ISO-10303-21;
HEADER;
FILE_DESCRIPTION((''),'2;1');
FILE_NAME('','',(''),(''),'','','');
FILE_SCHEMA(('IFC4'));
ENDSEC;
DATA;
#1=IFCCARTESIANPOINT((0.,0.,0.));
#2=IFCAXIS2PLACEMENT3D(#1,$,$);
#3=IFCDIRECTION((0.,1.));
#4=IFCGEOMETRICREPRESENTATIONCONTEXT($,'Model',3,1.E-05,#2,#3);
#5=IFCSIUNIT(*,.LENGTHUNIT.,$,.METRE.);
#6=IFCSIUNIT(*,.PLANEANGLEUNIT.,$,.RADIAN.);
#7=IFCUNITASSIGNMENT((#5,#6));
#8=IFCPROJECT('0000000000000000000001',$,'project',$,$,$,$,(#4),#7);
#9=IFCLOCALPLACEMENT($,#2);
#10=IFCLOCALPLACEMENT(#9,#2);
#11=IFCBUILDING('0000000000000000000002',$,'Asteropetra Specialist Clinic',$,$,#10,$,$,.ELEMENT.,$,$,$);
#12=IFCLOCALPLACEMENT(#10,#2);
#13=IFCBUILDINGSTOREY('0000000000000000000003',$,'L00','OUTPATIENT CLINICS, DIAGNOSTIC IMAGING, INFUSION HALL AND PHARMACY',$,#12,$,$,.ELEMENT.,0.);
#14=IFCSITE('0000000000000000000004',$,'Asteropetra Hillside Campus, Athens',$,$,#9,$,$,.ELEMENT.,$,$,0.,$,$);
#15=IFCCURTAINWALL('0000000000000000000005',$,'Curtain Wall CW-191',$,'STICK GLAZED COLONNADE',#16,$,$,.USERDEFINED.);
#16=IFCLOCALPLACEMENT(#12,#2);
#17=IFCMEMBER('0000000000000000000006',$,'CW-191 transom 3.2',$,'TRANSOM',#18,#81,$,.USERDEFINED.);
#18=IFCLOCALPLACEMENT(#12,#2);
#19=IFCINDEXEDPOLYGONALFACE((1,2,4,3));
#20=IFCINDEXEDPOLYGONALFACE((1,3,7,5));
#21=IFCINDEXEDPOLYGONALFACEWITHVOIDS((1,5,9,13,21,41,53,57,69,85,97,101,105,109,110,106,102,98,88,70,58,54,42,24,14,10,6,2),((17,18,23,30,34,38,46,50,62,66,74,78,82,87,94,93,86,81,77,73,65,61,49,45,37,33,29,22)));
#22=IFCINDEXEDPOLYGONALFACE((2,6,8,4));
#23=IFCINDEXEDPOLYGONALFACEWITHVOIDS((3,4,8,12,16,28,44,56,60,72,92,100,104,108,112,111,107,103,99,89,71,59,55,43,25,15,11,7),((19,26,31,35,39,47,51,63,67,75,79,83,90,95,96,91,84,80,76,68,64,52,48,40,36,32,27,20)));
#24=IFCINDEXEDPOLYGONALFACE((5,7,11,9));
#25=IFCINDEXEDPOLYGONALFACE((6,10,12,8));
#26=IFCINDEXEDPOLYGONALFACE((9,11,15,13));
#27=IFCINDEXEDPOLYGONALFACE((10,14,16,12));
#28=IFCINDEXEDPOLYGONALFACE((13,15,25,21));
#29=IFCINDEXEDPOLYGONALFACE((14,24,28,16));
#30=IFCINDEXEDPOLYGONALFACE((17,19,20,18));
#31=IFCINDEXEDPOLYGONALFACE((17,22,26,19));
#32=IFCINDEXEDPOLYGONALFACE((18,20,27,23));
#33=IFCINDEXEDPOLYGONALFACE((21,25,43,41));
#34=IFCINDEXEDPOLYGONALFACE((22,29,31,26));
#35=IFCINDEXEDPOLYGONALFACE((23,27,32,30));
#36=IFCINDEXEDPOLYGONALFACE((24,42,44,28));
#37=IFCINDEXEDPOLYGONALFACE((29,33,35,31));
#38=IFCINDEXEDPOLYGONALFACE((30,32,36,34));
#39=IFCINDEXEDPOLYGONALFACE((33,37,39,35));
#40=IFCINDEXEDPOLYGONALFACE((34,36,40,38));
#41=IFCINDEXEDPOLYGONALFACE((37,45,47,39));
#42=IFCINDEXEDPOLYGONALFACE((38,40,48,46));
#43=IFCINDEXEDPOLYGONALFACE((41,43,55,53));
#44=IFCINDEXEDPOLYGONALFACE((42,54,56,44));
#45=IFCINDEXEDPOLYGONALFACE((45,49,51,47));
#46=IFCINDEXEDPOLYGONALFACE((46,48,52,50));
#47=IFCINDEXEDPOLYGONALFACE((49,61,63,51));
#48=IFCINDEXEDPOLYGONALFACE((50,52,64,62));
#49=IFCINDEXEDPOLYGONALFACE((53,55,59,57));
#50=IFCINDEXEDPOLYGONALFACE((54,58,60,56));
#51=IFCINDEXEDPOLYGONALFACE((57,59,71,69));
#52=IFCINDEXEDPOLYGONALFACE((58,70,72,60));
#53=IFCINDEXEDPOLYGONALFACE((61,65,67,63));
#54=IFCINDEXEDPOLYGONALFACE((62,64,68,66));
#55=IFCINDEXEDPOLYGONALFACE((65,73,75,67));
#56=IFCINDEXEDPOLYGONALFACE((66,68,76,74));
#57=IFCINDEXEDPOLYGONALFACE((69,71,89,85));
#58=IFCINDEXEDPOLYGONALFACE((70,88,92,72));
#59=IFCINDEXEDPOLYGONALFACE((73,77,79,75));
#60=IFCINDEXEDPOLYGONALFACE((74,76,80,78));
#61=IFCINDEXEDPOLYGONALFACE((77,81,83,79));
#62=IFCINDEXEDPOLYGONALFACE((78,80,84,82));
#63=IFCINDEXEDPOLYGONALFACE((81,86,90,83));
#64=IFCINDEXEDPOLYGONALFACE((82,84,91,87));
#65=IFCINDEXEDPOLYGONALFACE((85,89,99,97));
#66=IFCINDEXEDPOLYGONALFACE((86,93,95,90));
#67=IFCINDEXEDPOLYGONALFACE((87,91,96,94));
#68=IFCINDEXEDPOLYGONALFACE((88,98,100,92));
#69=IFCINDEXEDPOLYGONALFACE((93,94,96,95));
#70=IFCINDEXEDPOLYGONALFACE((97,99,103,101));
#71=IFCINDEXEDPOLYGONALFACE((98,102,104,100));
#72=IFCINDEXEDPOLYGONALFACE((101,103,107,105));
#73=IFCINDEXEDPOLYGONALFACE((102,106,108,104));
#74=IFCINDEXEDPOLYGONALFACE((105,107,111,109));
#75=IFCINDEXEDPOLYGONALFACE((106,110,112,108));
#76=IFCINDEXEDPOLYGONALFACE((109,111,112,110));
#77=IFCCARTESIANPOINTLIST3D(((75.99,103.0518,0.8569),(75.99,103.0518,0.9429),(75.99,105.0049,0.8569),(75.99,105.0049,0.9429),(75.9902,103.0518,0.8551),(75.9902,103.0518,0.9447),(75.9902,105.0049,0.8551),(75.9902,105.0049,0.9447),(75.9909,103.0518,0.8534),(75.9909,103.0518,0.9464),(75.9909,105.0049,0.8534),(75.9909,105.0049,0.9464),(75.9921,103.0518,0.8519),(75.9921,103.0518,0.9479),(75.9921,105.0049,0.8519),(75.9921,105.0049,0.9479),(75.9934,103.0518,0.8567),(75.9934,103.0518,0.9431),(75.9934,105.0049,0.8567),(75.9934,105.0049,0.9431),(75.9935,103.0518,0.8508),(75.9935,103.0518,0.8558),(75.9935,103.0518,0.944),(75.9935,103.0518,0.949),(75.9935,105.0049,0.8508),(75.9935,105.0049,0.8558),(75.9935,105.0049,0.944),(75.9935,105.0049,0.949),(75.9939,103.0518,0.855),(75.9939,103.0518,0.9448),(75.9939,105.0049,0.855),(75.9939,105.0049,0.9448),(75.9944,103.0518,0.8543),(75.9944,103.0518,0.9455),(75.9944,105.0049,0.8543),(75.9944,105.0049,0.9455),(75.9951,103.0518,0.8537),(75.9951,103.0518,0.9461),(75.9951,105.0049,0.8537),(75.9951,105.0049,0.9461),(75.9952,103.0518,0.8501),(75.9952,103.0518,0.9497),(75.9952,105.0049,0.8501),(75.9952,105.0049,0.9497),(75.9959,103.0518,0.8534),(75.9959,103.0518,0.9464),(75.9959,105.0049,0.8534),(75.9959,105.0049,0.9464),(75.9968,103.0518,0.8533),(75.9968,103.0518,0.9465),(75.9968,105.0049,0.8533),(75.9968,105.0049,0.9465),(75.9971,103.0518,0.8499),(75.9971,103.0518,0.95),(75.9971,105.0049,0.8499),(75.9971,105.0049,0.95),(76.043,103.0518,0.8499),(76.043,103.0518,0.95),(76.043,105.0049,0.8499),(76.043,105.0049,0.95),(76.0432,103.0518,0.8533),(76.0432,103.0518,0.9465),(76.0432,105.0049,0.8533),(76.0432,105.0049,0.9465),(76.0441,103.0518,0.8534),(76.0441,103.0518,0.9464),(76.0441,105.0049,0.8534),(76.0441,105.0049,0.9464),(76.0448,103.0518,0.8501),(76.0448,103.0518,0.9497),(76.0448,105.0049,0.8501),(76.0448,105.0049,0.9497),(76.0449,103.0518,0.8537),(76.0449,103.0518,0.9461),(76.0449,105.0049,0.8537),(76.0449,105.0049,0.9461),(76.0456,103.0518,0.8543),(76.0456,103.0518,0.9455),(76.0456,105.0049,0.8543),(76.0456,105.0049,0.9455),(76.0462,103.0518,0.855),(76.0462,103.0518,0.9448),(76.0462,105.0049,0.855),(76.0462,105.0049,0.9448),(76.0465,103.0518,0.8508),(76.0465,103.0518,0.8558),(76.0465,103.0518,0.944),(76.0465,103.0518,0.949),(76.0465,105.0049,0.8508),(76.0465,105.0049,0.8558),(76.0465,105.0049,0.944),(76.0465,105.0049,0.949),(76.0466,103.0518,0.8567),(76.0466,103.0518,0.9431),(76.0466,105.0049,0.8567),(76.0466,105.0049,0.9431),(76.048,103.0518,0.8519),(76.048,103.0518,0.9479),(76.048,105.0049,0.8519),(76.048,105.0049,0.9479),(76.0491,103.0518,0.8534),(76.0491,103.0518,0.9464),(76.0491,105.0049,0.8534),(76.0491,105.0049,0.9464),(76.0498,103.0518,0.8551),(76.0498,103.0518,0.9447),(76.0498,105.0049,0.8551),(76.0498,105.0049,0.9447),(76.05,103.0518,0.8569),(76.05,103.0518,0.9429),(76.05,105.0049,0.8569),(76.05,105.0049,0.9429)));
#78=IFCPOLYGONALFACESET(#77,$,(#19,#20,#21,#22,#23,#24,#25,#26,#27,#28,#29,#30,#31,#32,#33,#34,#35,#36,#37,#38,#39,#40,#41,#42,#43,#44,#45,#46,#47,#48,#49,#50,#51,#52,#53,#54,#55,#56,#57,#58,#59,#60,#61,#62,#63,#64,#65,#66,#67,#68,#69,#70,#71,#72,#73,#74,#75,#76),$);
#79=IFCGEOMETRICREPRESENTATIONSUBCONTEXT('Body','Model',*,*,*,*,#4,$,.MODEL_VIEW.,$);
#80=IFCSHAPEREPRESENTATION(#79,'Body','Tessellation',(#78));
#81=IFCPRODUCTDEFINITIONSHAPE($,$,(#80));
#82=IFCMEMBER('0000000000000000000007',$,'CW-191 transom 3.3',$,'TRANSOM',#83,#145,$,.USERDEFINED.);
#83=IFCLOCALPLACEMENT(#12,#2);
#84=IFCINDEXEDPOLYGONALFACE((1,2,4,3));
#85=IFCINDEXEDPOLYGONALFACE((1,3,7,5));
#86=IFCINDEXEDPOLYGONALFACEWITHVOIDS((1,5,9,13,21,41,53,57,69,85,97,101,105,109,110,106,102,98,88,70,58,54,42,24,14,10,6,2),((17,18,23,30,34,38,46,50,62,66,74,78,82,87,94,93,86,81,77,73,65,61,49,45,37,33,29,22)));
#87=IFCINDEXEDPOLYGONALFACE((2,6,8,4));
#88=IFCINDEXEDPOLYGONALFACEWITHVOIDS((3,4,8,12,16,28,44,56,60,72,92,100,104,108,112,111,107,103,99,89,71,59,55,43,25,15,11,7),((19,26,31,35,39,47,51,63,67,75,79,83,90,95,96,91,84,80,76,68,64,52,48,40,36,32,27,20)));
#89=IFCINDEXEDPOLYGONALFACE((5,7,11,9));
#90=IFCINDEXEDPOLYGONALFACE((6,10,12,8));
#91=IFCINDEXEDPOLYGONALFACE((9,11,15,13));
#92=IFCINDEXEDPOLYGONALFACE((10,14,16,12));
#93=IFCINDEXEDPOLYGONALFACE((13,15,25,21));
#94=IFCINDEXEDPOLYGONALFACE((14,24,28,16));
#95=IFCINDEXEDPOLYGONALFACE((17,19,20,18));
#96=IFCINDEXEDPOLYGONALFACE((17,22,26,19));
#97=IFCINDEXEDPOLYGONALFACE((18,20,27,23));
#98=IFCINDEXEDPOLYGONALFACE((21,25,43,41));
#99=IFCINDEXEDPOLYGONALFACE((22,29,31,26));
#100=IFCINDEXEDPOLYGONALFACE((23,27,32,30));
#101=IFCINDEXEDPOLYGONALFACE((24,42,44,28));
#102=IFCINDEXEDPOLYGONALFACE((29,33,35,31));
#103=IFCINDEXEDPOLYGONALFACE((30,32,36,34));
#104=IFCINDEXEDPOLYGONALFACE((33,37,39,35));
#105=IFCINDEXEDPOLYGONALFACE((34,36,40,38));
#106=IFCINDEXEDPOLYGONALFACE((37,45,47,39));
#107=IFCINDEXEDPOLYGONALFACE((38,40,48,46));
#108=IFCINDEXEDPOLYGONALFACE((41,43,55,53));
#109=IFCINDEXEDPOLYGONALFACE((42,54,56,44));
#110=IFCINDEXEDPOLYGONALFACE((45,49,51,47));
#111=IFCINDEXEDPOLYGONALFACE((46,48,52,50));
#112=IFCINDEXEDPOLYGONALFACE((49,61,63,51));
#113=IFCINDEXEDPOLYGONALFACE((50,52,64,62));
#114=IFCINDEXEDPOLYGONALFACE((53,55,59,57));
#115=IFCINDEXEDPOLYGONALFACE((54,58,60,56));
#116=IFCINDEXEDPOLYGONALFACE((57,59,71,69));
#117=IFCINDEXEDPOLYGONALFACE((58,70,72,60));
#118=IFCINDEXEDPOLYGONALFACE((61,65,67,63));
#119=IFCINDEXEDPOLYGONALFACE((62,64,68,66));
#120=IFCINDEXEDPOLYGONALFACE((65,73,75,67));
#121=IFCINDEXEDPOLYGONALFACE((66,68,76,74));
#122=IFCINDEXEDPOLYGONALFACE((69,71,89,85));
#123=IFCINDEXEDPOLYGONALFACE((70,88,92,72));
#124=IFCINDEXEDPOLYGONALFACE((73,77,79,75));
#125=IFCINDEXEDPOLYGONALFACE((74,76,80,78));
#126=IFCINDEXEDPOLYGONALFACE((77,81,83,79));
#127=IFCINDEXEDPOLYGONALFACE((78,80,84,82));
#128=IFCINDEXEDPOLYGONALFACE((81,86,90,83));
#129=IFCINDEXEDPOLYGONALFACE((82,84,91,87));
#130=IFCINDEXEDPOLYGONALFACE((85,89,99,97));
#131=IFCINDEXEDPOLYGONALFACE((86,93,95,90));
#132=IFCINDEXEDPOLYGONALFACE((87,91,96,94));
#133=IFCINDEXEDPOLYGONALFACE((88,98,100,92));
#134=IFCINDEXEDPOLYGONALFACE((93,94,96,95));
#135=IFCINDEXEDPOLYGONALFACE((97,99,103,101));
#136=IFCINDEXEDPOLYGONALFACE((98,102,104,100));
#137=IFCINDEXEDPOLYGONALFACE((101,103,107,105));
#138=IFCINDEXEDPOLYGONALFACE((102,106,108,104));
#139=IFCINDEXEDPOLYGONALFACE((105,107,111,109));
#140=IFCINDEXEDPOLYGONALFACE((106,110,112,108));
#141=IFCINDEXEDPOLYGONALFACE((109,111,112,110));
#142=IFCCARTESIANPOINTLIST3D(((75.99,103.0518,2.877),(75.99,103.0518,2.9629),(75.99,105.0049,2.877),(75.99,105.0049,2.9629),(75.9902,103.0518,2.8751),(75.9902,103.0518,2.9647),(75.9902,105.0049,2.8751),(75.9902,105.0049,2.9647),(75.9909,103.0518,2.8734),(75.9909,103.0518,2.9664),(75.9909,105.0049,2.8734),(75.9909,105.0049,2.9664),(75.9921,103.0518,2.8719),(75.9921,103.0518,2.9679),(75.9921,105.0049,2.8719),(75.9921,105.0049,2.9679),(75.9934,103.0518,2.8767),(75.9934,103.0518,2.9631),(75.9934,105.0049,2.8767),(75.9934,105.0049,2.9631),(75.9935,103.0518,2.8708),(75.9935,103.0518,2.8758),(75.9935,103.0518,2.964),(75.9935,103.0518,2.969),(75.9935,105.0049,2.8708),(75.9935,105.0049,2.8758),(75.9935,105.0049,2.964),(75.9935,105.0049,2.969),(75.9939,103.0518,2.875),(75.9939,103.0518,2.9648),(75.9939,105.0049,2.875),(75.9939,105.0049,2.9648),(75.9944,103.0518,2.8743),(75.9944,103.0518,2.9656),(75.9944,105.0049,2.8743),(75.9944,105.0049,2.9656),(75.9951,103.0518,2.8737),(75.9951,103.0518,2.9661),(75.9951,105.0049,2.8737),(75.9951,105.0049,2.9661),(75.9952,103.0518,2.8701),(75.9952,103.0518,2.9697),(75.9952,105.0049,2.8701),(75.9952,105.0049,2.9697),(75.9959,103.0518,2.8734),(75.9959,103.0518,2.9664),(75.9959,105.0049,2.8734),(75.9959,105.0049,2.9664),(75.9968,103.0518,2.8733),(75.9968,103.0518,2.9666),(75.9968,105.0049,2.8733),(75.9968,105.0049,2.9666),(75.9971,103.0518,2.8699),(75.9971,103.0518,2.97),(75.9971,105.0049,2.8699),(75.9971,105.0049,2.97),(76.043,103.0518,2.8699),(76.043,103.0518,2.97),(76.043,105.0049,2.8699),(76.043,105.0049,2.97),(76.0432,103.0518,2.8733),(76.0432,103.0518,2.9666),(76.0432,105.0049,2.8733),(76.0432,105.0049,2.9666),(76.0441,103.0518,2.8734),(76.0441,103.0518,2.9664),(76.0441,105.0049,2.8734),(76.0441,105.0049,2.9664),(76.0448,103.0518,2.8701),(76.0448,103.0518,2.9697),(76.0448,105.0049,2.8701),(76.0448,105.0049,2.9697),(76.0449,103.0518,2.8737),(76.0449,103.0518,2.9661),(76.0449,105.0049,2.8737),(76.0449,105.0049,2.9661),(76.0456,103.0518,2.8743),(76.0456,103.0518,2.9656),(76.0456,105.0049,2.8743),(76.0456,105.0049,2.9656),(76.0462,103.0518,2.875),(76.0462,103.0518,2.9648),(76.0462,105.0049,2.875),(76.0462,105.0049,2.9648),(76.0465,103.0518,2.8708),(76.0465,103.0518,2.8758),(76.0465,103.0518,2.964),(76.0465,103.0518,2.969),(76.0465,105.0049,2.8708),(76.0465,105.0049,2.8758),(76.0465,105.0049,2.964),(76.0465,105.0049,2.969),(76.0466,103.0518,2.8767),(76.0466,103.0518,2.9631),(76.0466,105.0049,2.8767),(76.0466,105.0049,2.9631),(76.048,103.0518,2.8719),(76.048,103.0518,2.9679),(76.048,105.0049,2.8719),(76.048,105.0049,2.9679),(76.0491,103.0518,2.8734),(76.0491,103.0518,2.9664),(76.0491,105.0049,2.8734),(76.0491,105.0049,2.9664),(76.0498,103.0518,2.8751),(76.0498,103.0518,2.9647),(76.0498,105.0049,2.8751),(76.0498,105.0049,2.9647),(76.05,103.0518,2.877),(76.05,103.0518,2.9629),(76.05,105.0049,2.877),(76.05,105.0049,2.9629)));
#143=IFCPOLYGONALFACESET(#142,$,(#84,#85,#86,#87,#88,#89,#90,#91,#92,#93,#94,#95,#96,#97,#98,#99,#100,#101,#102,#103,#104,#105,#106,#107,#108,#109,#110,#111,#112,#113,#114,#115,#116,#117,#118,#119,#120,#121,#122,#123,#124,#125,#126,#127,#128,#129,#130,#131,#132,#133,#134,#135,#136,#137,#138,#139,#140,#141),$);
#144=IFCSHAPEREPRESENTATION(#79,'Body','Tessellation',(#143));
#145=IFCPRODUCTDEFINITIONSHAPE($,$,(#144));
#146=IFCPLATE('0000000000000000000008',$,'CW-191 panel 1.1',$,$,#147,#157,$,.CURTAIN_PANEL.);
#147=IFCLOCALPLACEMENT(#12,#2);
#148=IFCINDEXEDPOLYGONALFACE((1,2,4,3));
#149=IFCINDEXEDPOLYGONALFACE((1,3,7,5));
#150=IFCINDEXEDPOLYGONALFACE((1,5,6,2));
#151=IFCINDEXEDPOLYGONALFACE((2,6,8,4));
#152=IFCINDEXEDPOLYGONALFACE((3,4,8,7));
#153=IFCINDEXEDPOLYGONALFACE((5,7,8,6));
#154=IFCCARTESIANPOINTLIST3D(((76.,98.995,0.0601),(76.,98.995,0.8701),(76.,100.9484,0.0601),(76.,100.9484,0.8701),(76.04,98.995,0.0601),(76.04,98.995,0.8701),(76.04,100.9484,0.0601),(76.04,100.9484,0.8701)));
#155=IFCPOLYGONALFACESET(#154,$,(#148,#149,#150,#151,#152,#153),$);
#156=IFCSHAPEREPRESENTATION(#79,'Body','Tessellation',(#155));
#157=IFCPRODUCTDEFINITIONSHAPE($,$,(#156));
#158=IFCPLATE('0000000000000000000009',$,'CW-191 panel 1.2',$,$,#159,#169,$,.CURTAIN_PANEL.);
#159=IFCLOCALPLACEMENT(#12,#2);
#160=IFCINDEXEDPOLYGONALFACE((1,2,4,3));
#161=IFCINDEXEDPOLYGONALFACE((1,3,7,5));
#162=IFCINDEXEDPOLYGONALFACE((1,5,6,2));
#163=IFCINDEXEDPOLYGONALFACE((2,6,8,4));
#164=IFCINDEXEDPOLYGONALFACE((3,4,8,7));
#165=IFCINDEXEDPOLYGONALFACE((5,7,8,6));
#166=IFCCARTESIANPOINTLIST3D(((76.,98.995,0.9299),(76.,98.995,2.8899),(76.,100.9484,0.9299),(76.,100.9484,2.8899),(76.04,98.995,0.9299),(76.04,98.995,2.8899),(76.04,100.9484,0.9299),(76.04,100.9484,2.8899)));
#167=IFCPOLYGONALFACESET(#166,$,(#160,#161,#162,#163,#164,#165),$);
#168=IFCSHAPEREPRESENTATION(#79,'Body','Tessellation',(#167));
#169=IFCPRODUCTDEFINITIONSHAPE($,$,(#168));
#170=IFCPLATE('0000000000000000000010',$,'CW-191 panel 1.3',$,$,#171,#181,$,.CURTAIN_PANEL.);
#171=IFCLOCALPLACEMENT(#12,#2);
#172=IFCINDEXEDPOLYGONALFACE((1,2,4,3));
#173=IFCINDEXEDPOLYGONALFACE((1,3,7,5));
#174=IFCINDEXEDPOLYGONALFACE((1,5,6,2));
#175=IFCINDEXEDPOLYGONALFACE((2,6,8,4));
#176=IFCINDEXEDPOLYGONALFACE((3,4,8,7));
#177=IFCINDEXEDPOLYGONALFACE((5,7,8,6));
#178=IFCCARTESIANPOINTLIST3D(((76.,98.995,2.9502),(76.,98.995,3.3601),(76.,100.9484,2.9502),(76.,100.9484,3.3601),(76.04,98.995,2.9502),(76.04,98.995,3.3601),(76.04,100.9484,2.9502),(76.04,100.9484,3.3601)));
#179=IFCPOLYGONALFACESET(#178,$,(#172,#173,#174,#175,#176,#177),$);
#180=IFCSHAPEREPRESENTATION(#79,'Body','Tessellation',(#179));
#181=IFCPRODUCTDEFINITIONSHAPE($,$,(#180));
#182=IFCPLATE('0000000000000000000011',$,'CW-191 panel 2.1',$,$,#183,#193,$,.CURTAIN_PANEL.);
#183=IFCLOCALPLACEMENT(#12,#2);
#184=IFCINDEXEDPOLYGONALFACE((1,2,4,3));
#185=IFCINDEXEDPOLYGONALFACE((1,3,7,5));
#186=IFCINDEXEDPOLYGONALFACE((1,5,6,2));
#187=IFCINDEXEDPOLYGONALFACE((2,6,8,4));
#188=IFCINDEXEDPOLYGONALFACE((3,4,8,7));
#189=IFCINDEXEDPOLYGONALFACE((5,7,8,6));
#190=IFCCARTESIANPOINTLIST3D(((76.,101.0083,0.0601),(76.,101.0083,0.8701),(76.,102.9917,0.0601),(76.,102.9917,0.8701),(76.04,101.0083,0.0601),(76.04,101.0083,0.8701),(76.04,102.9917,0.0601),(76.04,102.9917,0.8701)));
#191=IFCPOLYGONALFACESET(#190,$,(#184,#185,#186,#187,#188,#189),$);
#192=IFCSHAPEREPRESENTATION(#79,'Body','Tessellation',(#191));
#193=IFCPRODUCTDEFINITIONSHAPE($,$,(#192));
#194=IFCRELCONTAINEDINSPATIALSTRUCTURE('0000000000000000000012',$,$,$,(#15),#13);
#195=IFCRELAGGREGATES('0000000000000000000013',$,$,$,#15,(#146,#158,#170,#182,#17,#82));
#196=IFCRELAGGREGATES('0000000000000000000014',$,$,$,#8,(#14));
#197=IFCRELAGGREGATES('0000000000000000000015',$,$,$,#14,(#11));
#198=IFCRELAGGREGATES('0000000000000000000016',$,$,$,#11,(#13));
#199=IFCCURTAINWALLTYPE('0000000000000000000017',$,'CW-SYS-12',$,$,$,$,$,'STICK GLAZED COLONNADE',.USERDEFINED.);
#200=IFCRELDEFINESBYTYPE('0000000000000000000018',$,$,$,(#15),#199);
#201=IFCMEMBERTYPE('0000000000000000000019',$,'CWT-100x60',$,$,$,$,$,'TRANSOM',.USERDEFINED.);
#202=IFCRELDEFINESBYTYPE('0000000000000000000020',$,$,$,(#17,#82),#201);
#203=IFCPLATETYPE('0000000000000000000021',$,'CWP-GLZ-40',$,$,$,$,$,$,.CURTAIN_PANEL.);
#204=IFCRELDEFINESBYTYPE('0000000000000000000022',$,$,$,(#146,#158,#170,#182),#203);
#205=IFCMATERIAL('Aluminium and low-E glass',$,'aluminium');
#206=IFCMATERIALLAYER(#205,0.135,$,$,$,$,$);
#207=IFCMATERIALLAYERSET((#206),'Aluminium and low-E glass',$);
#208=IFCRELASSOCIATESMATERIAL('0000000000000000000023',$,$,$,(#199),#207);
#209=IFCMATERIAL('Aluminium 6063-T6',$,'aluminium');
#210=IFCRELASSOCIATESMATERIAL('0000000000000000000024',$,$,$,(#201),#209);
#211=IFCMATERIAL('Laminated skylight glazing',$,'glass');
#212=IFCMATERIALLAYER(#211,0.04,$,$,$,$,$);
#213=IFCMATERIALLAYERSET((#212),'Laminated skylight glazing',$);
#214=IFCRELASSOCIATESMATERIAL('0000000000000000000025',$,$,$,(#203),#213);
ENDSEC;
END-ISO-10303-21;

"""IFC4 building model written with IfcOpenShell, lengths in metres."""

from ifc_helpers import new_model, si_unit, direction, frame, origin, origin_2d, place, context, subcontext, project, spatial, rectangle, hollow_rectangle, extrude, material, layer, layer_set, material_profile, profile_set, type_object, element, aggregate, save


model = new_model("IFC4")

# Units and contexts
model_context = context("Model", 3, precision=1e-05, world=origin(), true_north=direction((0.0, 1.0)))
body_context = subcontext(model_context, "Body", "Model", "MODEL_VIEW")
ifc_project = project(units=[si_unit("LENGTHUNIT", "METRE"), si_unit("PLANEANGLEUNIT", "RADIAN")], contexts=[model_context])

# Site, building, storey
site_placement = place(None, origin())
site = spatial("IfcSite", under=ifc_project, at=site_placement, Name="Asteropetra Hillside Campus, Athens", CompositionType="ELEMENT", RefElevation=0.0)
building_placement = place(site_placement, origin())
building = spatial("IfcBuilding", under=site, at=building_placement, Name="Asteropetra Specialist Clinic", CompositionType="ELEMENT")
storey_placement = place(building_placement, origin())
storey = spatial("IfcBuildingStorey", under=building, at=storey_placement, Name="L00", Description="OUTPATIENT CLINICS, DIAGNOSTIC IMAGING, INFUSION HALL AND PHARMACY", CompositionType="ELEMENT", Elevation=0.0)

# Curtain wall, members, plates
ifc_material_1 = material(Name="Aluminium and low-E glass", Category="aluminium")
ifc_layer_1 = layer(ifc_material_1, 0.135)
ifc_layer_set_1 = layer_set([ifc_layer_1], Name="Aluminium and low-E glass")
curtain_wall_type = type_object("IfcCurtainWallType", Name="CW-SYS-12", ElementType="STICK GLAZED COLONNADE", PredefinedType="USERDEFINED", material=ifc_layer_set_1)
curtain_wall_placement = place(storey_placement, origin())
curtain_wall = element("IfcCurtainWall", 1, at=curtain_wall_placement, inside=storey, type_object=curtain_wall_type, Name="Curtain Wall CW-191", ObjectType="STICK GLAZED COLONNADE", PredefinedType="USERDEFINED")
ifc_material_2 = material(Name="Aluminium 6063-T6", Category="aluminium")
ifc_material_profile_1 = material_profile(ifc_material_2, hollow_rectangle(XDim=0.0601, YDim=0.1001, WallThickness=0.0034, InnerFilletRadius=0.0034, OuterFilletRadius=0.0071, at=origin_2d()), Name="TRN 100x60x3.5")
ifc_profile_set_1 = profile_set([ifc_material_profile_1], Name="Aluminium 6063-T6")
member_type_1 = type_object("IfcMemberType", Name="CWT-100x60", ElementType="TRANSOM", PredefinedType="USERDEFINED", material=ifc_profile_set_1)
member_1_placement = place(storey_placement, frame((76.02, 103.0518, 0.8999), z_axis=(0.0, 1.0, 0.0), x_axis=(-1.0, 0.0, 0.0)))
member_1 = element("IfcMember", 2, at=member_1_placement, type_object=member_type_1, Name="CW-191 transom 3.2", ObjectType="TRANSOM", PredefinedType="USERDEFINED", context=body_context, shape_type="SweptSolid", body=[
    extrude(hollow_rectangle(XDim=0.0601, YDim=0.1001, WallThickness=0.0034, InnerFilletRadius=0.0034, OuterFilletRadius=0.0071, at=origin_2d()), origin(), (0.0, 0.0, 1.0), 1.9531),
])
member_2_placement = place(storey_placement, frame((76.02, 103.0518, 2.9199), z_axis=(0.0, 1.0, 0.0), x_axis=(-1.0, 0.0, 0.0)))
member_2 = element("IfcMember", 3, at=member_2_placement, type_object=member_type_1, Name="CW-191 transom 3.3", ObjectType="TRANSOM", PredefinedType="USERDEFINED", context=body_context, shape_type="SweptSolid", body=[
    extrude(hollow_rectangle(XDim=0.0601, YDim=0.1001, WallThickness=0.0034, InnerFilletRadius=0.0034, OuterFilletRadius=0.0071, at=origin_2d()), origin(), (0.0, 0.0, 1.0), 1.9531),
])
ifc_material_3 = material(Name="Laminated skylight glazing", Category="glass")
ifc_layer_2 = layer(ifc_material_3, 0.04)
ifc_layer_set_2 = layer_set([ifc_layer_2], Name="Laminated skylight glazing")
plate_type = type_object("IfcPlateType", Name="CWP-GLZ-40", PredefinedType="CURTAIN_PANEL", material=ifc_layer_set_2)
plate_1_placement = place(storey_placement, frame((76.02, 99.9717, 0.0601), z_axis=(0.0, 0.0, 1.0), x_axis=(0.0, 1.0, 0.0)))
plate_1 = element("IfcPlate", 4, at=plate_1_placement, type_object=plate_type, Name="CW-191 panel 1.1", PredefinedType="CURTAIN_PANEL", context=body_context, shape_type="SweptSolid", body=[
    extrude(rectangle(XDim=1.9534, YDim=0.04, at=origin_2d()), origin(), (0.0, 0.0, 1.0), 0.8101),
])
plate_2_placement = place(storey_placement, frame((76.02, 99.9717, 0.9299), z_axis=(0.0, 0.0, 1.0), x_axis=(0.0, 1.0, 0.0)))
plate_2 = element("IfcPlate", 5, at=plate_2_placement, type_object=plate_type, Name="CW-191 panel 1.2", PredefinedType="CURTAIN_PANEL", context=body_context, shape_type="SweptSolid", body=[
    extrude(rectangle(XDim=1.9534, YDim=0.04, at=origin_2d()), origin(), (0.0, 0.0, 1.0), 1.96),
])
plate_3_placement = place(storey_placement, frame((76.02, 99.9717, 2.9502), z_axis=(0.0, 0.0, 1.0), x_axis=(0.0, 1.0, 0.0)))
plate_3 = element("IfcPlate", 6, at=plate_3_placement, type_object=plate_type, Name="CW-191 panel 1.3", PredefinedType="CURTAIN_PANEL", context=body_context, shape_type="SweptSolid", body=[
    extrude(rectangle(XDim=1.9534, YDim=0.04, at=origin_2d()), origin(), (0.0, 0.0, 1.0), 0.4099),
])
plate_4_placement = place(storey_placement, frame((76.02, 102.0, 0.0601), z_axis=(0.0, 0.0, 1.0), x_axis=(0.0, 1.0, 0.0)))
plate_4 = element("IfcPlate", 7, at=plate_4_placement, type_object=plate_type, Name="CW-191 panel 2.1", PredefinedType="CURTAIN_PANEL", context=body_context, shape_type="SweptSolid", body=[
    extrude(rectangle(XDim=1.9834, YDim=0.04, at=origin_2d()), origin(), (0.0, 0.0, 1.0), 0.8101),
])
aggregate(curtain_wall, [plate_1, plate_2, plate_3, plate_4, member_1, member_2])

save(model, "model.ifc")
